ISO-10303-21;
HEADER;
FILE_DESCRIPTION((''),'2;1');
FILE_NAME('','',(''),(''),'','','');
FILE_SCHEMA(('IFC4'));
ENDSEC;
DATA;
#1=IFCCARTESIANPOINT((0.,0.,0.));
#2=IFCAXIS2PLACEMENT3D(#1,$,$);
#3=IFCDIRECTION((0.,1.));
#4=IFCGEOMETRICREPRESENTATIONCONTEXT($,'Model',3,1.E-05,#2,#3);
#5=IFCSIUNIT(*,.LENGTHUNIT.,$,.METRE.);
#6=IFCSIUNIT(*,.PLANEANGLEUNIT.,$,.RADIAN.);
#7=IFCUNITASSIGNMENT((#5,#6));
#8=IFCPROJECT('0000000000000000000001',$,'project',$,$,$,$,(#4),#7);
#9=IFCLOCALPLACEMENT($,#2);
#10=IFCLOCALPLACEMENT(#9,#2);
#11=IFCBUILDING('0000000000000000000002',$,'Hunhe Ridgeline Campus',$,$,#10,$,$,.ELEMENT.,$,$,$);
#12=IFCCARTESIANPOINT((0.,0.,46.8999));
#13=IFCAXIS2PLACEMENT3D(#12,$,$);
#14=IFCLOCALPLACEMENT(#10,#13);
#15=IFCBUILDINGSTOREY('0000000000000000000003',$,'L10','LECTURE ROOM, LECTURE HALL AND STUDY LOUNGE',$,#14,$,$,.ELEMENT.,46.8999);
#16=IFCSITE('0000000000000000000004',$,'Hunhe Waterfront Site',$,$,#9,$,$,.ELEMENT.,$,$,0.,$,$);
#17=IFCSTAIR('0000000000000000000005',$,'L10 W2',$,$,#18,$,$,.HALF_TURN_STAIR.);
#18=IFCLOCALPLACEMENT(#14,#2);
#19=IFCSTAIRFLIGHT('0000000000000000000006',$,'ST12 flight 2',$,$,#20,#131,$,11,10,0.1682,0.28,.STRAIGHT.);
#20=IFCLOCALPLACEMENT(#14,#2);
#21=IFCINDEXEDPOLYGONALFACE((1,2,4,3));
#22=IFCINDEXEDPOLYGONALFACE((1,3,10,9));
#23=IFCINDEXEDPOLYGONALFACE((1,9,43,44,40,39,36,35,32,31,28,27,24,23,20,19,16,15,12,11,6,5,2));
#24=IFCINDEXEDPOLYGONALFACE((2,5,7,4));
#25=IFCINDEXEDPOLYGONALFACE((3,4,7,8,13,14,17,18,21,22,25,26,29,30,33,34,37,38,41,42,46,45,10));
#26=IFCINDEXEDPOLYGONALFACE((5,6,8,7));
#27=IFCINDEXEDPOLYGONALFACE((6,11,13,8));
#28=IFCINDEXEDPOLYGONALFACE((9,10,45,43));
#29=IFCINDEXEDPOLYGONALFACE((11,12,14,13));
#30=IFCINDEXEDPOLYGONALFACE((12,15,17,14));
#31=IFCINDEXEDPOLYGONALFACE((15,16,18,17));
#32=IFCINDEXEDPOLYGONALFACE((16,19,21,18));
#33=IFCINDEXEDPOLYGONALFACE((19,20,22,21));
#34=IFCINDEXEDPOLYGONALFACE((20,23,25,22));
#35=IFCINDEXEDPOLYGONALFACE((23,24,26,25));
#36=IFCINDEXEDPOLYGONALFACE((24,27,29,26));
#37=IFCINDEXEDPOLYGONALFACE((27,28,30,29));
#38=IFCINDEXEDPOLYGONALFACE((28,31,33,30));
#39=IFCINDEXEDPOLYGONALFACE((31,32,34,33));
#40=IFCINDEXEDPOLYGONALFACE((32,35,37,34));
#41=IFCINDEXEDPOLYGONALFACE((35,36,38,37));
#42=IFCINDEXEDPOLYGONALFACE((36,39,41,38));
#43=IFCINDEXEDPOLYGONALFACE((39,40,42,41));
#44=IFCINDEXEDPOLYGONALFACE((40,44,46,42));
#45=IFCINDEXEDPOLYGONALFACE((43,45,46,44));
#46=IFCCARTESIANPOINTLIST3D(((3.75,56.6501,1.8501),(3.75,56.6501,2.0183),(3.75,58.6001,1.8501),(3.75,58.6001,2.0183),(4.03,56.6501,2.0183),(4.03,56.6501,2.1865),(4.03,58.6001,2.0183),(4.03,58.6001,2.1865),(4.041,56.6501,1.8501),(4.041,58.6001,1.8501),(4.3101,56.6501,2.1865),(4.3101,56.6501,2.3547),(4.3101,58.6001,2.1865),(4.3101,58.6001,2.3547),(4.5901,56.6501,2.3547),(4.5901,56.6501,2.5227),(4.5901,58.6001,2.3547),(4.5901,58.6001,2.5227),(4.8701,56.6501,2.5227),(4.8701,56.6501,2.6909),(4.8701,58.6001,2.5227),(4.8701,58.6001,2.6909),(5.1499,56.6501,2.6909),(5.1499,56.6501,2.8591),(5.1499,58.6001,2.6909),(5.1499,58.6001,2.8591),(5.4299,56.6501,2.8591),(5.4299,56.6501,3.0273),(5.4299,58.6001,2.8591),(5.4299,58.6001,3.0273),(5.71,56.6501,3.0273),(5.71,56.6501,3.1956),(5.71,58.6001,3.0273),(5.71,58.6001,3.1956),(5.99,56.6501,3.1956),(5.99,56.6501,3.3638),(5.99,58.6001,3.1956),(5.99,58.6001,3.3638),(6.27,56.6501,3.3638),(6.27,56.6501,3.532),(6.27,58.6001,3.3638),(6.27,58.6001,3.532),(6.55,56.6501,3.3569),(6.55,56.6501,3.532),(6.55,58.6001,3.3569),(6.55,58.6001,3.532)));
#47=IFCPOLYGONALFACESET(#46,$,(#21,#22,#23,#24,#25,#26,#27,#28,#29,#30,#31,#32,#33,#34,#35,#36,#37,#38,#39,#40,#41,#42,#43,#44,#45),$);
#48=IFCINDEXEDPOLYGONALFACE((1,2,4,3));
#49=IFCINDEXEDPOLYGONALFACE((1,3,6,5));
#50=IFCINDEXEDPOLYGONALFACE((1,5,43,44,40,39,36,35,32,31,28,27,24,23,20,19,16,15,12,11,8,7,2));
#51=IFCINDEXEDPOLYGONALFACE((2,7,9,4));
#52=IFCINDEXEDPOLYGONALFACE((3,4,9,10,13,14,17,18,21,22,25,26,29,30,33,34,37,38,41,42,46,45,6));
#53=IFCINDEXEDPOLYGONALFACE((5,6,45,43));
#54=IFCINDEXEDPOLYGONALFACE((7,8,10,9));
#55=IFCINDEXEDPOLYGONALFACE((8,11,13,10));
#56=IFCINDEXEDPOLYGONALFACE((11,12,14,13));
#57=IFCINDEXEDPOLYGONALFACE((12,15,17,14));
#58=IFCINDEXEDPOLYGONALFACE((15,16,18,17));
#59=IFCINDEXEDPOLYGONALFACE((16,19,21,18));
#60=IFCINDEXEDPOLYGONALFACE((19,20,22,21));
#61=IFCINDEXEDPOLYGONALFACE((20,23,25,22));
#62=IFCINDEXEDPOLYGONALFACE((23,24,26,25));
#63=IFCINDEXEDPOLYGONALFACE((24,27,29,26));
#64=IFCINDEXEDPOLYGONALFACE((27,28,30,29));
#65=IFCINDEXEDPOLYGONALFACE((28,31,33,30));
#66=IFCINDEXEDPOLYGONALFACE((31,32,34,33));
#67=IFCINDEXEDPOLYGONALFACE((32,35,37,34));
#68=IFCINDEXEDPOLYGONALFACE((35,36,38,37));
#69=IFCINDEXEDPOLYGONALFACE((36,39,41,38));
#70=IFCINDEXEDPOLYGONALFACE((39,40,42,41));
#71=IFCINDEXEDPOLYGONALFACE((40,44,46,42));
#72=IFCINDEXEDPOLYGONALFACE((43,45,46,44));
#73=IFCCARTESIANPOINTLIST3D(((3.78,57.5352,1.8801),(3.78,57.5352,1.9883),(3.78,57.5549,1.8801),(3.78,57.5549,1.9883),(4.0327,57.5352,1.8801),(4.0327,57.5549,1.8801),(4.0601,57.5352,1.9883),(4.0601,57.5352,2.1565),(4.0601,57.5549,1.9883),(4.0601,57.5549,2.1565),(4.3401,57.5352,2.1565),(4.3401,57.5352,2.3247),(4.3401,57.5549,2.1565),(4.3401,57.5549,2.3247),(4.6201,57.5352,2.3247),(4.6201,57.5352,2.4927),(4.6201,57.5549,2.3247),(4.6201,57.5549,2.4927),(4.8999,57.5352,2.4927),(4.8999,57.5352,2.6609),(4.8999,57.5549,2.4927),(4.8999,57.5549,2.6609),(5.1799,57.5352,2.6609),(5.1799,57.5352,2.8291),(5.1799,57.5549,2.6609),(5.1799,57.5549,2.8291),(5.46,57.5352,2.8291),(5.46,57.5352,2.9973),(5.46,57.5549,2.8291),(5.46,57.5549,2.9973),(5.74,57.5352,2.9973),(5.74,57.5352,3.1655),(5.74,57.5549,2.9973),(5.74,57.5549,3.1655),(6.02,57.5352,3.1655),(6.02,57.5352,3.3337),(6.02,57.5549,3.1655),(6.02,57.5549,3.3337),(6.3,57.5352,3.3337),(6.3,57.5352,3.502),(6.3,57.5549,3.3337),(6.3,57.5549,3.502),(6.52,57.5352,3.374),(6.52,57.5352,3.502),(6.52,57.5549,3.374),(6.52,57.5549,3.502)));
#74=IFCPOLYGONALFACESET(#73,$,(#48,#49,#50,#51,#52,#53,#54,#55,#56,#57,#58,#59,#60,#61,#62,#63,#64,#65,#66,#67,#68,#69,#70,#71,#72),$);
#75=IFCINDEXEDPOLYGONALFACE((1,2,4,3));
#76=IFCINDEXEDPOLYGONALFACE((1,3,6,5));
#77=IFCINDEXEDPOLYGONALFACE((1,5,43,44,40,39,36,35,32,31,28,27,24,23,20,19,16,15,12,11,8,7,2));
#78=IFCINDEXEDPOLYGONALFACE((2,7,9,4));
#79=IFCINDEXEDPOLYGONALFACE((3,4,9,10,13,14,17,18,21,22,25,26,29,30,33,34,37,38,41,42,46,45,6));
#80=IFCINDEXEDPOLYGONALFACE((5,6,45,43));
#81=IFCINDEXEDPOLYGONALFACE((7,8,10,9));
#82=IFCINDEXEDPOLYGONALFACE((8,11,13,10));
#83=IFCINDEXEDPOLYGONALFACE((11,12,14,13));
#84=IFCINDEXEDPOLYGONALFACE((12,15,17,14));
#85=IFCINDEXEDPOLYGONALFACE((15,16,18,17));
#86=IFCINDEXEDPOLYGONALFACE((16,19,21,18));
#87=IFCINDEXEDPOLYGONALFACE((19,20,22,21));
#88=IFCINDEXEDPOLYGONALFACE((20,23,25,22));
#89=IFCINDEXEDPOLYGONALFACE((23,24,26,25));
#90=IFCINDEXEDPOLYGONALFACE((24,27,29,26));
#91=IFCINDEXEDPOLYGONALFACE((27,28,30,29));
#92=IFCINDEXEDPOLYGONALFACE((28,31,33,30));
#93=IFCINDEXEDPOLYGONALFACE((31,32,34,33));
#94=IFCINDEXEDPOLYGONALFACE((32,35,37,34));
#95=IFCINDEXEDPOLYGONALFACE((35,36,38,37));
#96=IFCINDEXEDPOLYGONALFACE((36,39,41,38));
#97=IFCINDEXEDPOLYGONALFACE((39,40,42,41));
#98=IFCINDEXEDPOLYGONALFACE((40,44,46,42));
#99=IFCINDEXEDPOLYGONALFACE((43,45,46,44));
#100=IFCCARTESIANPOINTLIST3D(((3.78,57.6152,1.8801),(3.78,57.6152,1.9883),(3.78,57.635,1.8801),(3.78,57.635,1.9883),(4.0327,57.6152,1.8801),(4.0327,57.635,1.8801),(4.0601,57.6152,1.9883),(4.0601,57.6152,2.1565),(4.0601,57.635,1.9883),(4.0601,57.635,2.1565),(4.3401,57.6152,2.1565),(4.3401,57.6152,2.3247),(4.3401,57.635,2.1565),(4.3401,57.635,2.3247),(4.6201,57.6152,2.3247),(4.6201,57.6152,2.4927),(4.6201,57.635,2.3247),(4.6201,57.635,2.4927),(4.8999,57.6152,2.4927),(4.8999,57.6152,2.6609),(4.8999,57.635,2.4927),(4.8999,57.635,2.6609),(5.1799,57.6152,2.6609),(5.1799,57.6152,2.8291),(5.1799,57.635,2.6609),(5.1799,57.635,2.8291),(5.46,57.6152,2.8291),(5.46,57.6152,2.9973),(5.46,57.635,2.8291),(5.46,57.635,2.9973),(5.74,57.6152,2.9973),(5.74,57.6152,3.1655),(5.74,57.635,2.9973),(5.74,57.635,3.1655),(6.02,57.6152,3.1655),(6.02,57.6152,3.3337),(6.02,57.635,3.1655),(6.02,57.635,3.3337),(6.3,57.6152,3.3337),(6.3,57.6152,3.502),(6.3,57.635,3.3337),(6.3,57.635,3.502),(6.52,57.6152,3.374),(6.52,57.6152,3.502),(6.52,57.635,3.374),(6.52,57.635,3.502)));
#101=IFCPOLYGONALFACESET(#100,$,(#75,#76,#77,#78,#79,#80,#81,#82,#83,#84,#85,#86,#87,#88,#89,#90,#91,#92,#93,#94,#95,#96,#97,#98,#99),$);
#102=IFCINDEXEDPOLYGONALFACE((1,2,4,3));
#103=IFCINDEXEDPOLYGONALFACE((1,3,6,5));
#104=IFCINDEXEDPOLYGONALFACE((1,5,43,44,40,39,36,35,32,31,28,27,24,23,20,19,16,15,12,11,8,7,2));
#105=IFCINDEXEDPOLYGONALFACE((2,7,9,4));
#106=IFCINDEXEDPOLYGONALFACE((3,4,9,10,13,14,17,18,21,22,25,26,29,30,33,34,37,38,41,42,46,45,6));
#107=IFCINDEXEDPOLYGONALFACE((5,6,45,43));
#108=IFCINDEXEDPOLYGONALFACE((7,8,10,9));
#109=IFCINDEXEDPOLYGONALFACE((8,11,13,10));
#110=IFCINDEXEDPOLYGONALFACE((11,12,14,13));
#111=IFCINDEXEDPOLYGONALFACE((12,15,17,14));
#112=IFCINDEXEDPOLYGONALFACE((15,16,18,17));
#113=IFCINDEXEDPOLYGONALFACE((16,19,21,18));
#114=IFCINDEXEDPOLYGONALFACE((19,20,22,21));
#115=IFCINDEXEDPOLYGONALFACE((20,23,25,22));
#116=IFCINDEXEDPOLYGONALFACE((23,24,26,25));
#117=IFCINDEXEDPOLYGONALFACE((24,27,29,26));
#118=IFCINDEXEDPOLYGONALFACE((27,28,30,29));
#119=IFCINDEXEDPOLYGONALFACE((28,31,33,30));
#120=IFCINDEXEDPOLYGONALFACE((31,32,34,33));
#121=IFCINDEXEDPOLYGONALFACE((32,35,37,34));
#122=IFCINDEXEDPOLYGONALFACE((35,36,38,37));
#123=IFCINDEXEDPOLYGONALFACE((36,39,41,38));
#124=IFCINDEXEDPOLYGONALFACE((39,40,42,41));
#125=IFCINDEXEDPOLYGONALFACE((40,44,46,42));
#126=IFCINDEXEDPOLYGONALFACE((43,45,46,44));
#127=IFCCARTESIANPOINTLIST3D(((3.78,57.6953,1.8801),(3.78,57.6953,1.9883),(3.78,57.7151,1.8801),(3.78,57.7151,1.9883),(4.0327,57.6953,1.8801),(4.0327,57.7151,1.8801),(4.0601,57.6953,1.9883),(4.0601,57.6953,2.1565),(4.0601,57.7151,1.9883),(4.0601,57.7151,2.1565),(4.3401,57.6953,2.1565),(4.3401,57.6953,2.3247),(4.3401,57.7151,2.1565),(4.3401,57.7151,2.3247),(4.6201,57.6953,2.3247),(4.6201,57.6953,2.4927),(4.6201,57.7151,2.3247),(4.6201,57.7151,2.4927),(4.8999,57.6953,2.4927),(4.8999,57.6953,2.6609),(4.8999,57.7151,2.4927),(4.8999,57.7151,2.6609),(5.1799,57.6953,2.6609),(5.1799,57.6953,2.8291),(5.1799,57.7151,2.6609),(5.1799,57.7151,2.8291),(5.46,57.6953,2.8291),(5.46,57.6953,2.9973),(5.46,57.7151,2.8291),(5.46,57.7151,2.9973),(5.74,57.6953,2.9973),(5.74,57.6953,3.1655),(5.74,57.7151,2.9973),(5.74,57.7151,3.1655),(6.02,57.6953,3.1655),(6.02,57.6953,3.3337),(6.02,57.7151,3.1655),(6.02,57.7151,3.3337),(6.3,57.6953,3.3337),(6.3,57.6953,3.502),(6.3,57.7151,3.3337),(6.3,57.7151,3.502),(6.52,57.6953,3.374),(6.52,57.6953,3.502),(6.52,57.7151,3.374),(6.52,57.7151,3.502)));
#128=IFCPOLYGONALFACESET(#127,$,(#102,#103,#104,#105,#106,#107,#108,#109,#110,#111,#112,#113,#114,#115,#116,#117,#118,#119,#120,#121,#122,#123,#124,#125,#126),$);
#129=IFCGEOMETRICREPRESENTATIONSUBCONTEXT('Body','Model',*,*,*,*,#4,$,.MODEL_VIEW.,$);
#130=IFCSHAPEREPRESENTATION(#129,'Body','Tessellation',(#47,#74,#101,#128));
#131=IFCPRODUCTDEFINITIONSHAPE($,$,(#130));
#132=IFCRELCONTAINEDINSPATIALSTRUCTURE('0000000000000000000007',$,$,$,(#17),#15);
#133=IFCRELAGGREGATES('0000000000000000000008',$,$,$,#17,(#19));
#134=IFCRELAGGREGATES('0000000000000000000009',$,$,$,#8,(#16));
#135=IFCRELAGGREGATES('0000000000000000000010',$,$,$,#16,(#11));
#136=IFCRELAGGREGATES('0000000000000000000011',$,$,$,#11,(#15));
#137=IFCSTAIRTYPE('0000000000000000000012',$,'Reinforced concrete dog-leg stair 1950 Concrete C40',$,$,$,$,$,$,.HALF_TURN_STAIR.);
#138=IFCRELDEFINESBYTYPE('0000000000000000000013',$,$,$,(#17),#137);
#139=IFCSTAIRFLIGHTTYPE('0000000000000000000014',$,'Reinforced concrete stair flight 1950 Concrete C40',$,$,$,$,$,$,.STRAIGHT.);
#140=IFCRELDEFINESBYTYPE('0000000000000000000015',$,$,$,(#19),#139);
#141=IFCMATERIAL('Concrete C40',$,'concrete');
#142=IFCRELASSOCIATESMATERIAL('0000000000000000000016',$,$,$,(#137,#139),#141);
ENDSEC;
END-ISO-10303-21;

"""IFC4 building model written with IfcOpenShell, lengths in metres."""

from ifc_helpers import new_model, si_unit, direction, frame, origin, place, context, subcontext, project, spatial, polyline, outline, extrude, material, type_object, element, aggregate, save


model = new_model("IFC4")

# Units and contexts
model_context = context("Model", 3, precision=1e-05, world=origin(), true_north=direction((0.0, 1.0)))
body_context = subcontext(model_context, "Body", "Model", "MODEL_VIEW")
ifc_project = project(units=[si_unit("LENGTHUNIT", "METRE"), si_unit("PLANEANGLEUNIT", "RADIAN")], contexts=[model_context])

# Site, building, storey
site_placement = place(None, origin())
site = spatial("IfcSite", under=ifc_project, at=site_placement, Name="Hunhe Waterfront Site", CompositionType="ELEMENT", RefElevation=0.0)
building_placement = place(site_placement, origin())
building = spatial("IfcBuilding", under=site, at=building_placement, Name="Hunhe Ridgeline Campus", CompositionType="ELEMENT")
storey_placement = place(building_placement, frame((0.0, 0.0, 46.8999)))
storey = spatial("IfcBuildingStorey", under=building, at=storey_placement, Name="L10", Description="LECTURE ROOM, LECTURE HALL AND STUDY LOUNGE", CompositionType="ELEMENT", Elevation=46.8999)

# Stair, stair flight
ifc_material_1 = material(Name="Concrete C40", Category="concrete")
stair_type = type_object("IfcStairType", Name="Reinforced concrete dog-leg stair 1950 Concrete C40", PredefinedType="HALF_TURN_STAIR", material=ifc_material_1)
stair_placement = place(storey_placement, origin())
stair = element("IfcStair", 1, at=stair_placement, inside=storey, type_object=stair_type, Name="L10 W2", PredefinedType="HALF_TURN_STAIR")
stair_flight_type = type_object("IfcStairFlightType", Name="Reinforced concrete stair flight 1950 Concrete C40", PredefinedType="STRAIGHT", material=ifc_material_1)
stair_flight_1_placement = place(storey_placement, frame((3.75, 57.625, 1.8501), z_axis=(0.0, 0.0, 1.0), x_axis=(1.0, 0.0, 0.0)))
stair_flight_1 = element("IfcStairFlight", 2, at=stair_flight_1_placement, type_object=stair_flight_type, Name="ST12 flight 2", NumberOfRisers=11, NumberOfTreads=10, PredefinedType="STRAIGHT", RiserHeight=0.1682, TreadLength=0.28, context=body_context, shape_type="SweptSolid", body=[
    extrude(outline(polyline([(0.0, 0.0), (0.0, 0.1682), (0.28, 0.1682), (0.28, 0.3364), (0.5601, 0.3364), (0.5601, 0.5046), (0.8401, 0.5046), (0.8401, 0.6726), (1.1201, 0.6726), (1.1201, 0.8408), (1.3999, 0.8408), (1.3999, 1.009), (1.6799, 1.009), (1.6799, 1.1772), (1.96, 1.1772), (1.96, 1.3455), (2.24, 1.3455), (2.24, 1.5137), (2.52, 1.5137), (2.52, 1.6819), (2.8, 1.6819), (2.8, 1.8501), (2.8, 1.5068), (0.291, 0.0), (0.0, 0.0)])), frame((0.0, 0.9751, 0.0), z_axis=(0.0, -1.0, 0.0), x_axis=(1.0, 0.0, 0.0)), (0.0, 0.0, 1.0), 1.95),
    extrude(outline(polyline([(0.03, 0.03), (0.03, 0.1382), (0.3101, 0.1382), (0.3101, 0.3064), (0.5901, 0.3064), (0.5901, 0.4746), (0.8701, 0.4746), (0.8701, 0.6426), (1.1499, 0.6426), (1.1499, 0.8108), (1.4299, 0.8108), (1.4299, 0.979), (1.71, 0.979), (1.71, 1.1472), (1.99, 1.1472), (1.99, 1.3154), (2.27, 1.3154), (2.27, 1.4836), (2.55, 1.4836), (2.55, 1.6519), (2.77, 1.6519), (2.77, 1.5239), (0.2827, 0.03), (0.03, 0.03)])), frame((0.0, -0.0701, 0.0), z_axis=(0.0, -1.0, 0.0), x_axis=(1.0, 0.0, 0.0)), (0.0, 0.0, 1.0), 0.0198),
    extrude(outline(polyline([(0.03, 0.03), (0.03, 0.1382), (0.3101, 0.1382), (0.3101, 0.3064), (0.5901, 0.3064), (0.5901, 0.4746), (0.8701, 0.4746), (0.8701, 0.6426), (1.1499, 0.6426), (1.1499, 0.8108), (1.4299, 0.8108), (1.4299, 0.979), (1.71, 0.979), (1.71, 1.1472), (1.99, 1.1472), (1.99, 1.3154), (2.27, 1.3154), (2.27, 1.4836), (2.55, 1.4836), (2.55, 1.6519), (2.77, 1.6519), (2.77, 1.5239), (0.2827, 0.03), (0.03, 0.03)])), frame((0.0, 0.01, 0.0), z_axis=(0.0, -1.0, 0.0), x_axis=(1.0, 0.0, 0.0)), (0.0, 0.0, 1.0), 0.0198),
    extrude(outline(polyline([(0.03, 0.03), (0.03, 0.1382), (0.3101, 0.1382), (0.3101, 0.3064), (0.5901, 0.3064), (0.5901, 0.4746), (0.8701, 0.4746), (0.8701, 0.6426), (1.1499, 0.6426), (1.1499, 0.8108), (1.4299, 0.8108), (1.4299, 0.979), (1.71, 0.979), (1.71, 1.1472), (1.99, 1.1472), (1.99, 1.3154), (2.27, 1.3154), (2.27, 1.4836), (2.55, 1.4836), (2.55, 1.6519), (2.77, 1.6519), (2.77, 1.5239), (0.2827, 0.03), (0.03, 0.03)])), frame((0.0, 0.0901, 0.0), z_axis=(0.0, -1.0, 0.0), x_axis=(1.0, 0.0, 0.0)), (0.0, 0.0, 1.0), 0.0198),
])
aggregate(stair, [stair_flight_1])

save(model, "model.ifc")
